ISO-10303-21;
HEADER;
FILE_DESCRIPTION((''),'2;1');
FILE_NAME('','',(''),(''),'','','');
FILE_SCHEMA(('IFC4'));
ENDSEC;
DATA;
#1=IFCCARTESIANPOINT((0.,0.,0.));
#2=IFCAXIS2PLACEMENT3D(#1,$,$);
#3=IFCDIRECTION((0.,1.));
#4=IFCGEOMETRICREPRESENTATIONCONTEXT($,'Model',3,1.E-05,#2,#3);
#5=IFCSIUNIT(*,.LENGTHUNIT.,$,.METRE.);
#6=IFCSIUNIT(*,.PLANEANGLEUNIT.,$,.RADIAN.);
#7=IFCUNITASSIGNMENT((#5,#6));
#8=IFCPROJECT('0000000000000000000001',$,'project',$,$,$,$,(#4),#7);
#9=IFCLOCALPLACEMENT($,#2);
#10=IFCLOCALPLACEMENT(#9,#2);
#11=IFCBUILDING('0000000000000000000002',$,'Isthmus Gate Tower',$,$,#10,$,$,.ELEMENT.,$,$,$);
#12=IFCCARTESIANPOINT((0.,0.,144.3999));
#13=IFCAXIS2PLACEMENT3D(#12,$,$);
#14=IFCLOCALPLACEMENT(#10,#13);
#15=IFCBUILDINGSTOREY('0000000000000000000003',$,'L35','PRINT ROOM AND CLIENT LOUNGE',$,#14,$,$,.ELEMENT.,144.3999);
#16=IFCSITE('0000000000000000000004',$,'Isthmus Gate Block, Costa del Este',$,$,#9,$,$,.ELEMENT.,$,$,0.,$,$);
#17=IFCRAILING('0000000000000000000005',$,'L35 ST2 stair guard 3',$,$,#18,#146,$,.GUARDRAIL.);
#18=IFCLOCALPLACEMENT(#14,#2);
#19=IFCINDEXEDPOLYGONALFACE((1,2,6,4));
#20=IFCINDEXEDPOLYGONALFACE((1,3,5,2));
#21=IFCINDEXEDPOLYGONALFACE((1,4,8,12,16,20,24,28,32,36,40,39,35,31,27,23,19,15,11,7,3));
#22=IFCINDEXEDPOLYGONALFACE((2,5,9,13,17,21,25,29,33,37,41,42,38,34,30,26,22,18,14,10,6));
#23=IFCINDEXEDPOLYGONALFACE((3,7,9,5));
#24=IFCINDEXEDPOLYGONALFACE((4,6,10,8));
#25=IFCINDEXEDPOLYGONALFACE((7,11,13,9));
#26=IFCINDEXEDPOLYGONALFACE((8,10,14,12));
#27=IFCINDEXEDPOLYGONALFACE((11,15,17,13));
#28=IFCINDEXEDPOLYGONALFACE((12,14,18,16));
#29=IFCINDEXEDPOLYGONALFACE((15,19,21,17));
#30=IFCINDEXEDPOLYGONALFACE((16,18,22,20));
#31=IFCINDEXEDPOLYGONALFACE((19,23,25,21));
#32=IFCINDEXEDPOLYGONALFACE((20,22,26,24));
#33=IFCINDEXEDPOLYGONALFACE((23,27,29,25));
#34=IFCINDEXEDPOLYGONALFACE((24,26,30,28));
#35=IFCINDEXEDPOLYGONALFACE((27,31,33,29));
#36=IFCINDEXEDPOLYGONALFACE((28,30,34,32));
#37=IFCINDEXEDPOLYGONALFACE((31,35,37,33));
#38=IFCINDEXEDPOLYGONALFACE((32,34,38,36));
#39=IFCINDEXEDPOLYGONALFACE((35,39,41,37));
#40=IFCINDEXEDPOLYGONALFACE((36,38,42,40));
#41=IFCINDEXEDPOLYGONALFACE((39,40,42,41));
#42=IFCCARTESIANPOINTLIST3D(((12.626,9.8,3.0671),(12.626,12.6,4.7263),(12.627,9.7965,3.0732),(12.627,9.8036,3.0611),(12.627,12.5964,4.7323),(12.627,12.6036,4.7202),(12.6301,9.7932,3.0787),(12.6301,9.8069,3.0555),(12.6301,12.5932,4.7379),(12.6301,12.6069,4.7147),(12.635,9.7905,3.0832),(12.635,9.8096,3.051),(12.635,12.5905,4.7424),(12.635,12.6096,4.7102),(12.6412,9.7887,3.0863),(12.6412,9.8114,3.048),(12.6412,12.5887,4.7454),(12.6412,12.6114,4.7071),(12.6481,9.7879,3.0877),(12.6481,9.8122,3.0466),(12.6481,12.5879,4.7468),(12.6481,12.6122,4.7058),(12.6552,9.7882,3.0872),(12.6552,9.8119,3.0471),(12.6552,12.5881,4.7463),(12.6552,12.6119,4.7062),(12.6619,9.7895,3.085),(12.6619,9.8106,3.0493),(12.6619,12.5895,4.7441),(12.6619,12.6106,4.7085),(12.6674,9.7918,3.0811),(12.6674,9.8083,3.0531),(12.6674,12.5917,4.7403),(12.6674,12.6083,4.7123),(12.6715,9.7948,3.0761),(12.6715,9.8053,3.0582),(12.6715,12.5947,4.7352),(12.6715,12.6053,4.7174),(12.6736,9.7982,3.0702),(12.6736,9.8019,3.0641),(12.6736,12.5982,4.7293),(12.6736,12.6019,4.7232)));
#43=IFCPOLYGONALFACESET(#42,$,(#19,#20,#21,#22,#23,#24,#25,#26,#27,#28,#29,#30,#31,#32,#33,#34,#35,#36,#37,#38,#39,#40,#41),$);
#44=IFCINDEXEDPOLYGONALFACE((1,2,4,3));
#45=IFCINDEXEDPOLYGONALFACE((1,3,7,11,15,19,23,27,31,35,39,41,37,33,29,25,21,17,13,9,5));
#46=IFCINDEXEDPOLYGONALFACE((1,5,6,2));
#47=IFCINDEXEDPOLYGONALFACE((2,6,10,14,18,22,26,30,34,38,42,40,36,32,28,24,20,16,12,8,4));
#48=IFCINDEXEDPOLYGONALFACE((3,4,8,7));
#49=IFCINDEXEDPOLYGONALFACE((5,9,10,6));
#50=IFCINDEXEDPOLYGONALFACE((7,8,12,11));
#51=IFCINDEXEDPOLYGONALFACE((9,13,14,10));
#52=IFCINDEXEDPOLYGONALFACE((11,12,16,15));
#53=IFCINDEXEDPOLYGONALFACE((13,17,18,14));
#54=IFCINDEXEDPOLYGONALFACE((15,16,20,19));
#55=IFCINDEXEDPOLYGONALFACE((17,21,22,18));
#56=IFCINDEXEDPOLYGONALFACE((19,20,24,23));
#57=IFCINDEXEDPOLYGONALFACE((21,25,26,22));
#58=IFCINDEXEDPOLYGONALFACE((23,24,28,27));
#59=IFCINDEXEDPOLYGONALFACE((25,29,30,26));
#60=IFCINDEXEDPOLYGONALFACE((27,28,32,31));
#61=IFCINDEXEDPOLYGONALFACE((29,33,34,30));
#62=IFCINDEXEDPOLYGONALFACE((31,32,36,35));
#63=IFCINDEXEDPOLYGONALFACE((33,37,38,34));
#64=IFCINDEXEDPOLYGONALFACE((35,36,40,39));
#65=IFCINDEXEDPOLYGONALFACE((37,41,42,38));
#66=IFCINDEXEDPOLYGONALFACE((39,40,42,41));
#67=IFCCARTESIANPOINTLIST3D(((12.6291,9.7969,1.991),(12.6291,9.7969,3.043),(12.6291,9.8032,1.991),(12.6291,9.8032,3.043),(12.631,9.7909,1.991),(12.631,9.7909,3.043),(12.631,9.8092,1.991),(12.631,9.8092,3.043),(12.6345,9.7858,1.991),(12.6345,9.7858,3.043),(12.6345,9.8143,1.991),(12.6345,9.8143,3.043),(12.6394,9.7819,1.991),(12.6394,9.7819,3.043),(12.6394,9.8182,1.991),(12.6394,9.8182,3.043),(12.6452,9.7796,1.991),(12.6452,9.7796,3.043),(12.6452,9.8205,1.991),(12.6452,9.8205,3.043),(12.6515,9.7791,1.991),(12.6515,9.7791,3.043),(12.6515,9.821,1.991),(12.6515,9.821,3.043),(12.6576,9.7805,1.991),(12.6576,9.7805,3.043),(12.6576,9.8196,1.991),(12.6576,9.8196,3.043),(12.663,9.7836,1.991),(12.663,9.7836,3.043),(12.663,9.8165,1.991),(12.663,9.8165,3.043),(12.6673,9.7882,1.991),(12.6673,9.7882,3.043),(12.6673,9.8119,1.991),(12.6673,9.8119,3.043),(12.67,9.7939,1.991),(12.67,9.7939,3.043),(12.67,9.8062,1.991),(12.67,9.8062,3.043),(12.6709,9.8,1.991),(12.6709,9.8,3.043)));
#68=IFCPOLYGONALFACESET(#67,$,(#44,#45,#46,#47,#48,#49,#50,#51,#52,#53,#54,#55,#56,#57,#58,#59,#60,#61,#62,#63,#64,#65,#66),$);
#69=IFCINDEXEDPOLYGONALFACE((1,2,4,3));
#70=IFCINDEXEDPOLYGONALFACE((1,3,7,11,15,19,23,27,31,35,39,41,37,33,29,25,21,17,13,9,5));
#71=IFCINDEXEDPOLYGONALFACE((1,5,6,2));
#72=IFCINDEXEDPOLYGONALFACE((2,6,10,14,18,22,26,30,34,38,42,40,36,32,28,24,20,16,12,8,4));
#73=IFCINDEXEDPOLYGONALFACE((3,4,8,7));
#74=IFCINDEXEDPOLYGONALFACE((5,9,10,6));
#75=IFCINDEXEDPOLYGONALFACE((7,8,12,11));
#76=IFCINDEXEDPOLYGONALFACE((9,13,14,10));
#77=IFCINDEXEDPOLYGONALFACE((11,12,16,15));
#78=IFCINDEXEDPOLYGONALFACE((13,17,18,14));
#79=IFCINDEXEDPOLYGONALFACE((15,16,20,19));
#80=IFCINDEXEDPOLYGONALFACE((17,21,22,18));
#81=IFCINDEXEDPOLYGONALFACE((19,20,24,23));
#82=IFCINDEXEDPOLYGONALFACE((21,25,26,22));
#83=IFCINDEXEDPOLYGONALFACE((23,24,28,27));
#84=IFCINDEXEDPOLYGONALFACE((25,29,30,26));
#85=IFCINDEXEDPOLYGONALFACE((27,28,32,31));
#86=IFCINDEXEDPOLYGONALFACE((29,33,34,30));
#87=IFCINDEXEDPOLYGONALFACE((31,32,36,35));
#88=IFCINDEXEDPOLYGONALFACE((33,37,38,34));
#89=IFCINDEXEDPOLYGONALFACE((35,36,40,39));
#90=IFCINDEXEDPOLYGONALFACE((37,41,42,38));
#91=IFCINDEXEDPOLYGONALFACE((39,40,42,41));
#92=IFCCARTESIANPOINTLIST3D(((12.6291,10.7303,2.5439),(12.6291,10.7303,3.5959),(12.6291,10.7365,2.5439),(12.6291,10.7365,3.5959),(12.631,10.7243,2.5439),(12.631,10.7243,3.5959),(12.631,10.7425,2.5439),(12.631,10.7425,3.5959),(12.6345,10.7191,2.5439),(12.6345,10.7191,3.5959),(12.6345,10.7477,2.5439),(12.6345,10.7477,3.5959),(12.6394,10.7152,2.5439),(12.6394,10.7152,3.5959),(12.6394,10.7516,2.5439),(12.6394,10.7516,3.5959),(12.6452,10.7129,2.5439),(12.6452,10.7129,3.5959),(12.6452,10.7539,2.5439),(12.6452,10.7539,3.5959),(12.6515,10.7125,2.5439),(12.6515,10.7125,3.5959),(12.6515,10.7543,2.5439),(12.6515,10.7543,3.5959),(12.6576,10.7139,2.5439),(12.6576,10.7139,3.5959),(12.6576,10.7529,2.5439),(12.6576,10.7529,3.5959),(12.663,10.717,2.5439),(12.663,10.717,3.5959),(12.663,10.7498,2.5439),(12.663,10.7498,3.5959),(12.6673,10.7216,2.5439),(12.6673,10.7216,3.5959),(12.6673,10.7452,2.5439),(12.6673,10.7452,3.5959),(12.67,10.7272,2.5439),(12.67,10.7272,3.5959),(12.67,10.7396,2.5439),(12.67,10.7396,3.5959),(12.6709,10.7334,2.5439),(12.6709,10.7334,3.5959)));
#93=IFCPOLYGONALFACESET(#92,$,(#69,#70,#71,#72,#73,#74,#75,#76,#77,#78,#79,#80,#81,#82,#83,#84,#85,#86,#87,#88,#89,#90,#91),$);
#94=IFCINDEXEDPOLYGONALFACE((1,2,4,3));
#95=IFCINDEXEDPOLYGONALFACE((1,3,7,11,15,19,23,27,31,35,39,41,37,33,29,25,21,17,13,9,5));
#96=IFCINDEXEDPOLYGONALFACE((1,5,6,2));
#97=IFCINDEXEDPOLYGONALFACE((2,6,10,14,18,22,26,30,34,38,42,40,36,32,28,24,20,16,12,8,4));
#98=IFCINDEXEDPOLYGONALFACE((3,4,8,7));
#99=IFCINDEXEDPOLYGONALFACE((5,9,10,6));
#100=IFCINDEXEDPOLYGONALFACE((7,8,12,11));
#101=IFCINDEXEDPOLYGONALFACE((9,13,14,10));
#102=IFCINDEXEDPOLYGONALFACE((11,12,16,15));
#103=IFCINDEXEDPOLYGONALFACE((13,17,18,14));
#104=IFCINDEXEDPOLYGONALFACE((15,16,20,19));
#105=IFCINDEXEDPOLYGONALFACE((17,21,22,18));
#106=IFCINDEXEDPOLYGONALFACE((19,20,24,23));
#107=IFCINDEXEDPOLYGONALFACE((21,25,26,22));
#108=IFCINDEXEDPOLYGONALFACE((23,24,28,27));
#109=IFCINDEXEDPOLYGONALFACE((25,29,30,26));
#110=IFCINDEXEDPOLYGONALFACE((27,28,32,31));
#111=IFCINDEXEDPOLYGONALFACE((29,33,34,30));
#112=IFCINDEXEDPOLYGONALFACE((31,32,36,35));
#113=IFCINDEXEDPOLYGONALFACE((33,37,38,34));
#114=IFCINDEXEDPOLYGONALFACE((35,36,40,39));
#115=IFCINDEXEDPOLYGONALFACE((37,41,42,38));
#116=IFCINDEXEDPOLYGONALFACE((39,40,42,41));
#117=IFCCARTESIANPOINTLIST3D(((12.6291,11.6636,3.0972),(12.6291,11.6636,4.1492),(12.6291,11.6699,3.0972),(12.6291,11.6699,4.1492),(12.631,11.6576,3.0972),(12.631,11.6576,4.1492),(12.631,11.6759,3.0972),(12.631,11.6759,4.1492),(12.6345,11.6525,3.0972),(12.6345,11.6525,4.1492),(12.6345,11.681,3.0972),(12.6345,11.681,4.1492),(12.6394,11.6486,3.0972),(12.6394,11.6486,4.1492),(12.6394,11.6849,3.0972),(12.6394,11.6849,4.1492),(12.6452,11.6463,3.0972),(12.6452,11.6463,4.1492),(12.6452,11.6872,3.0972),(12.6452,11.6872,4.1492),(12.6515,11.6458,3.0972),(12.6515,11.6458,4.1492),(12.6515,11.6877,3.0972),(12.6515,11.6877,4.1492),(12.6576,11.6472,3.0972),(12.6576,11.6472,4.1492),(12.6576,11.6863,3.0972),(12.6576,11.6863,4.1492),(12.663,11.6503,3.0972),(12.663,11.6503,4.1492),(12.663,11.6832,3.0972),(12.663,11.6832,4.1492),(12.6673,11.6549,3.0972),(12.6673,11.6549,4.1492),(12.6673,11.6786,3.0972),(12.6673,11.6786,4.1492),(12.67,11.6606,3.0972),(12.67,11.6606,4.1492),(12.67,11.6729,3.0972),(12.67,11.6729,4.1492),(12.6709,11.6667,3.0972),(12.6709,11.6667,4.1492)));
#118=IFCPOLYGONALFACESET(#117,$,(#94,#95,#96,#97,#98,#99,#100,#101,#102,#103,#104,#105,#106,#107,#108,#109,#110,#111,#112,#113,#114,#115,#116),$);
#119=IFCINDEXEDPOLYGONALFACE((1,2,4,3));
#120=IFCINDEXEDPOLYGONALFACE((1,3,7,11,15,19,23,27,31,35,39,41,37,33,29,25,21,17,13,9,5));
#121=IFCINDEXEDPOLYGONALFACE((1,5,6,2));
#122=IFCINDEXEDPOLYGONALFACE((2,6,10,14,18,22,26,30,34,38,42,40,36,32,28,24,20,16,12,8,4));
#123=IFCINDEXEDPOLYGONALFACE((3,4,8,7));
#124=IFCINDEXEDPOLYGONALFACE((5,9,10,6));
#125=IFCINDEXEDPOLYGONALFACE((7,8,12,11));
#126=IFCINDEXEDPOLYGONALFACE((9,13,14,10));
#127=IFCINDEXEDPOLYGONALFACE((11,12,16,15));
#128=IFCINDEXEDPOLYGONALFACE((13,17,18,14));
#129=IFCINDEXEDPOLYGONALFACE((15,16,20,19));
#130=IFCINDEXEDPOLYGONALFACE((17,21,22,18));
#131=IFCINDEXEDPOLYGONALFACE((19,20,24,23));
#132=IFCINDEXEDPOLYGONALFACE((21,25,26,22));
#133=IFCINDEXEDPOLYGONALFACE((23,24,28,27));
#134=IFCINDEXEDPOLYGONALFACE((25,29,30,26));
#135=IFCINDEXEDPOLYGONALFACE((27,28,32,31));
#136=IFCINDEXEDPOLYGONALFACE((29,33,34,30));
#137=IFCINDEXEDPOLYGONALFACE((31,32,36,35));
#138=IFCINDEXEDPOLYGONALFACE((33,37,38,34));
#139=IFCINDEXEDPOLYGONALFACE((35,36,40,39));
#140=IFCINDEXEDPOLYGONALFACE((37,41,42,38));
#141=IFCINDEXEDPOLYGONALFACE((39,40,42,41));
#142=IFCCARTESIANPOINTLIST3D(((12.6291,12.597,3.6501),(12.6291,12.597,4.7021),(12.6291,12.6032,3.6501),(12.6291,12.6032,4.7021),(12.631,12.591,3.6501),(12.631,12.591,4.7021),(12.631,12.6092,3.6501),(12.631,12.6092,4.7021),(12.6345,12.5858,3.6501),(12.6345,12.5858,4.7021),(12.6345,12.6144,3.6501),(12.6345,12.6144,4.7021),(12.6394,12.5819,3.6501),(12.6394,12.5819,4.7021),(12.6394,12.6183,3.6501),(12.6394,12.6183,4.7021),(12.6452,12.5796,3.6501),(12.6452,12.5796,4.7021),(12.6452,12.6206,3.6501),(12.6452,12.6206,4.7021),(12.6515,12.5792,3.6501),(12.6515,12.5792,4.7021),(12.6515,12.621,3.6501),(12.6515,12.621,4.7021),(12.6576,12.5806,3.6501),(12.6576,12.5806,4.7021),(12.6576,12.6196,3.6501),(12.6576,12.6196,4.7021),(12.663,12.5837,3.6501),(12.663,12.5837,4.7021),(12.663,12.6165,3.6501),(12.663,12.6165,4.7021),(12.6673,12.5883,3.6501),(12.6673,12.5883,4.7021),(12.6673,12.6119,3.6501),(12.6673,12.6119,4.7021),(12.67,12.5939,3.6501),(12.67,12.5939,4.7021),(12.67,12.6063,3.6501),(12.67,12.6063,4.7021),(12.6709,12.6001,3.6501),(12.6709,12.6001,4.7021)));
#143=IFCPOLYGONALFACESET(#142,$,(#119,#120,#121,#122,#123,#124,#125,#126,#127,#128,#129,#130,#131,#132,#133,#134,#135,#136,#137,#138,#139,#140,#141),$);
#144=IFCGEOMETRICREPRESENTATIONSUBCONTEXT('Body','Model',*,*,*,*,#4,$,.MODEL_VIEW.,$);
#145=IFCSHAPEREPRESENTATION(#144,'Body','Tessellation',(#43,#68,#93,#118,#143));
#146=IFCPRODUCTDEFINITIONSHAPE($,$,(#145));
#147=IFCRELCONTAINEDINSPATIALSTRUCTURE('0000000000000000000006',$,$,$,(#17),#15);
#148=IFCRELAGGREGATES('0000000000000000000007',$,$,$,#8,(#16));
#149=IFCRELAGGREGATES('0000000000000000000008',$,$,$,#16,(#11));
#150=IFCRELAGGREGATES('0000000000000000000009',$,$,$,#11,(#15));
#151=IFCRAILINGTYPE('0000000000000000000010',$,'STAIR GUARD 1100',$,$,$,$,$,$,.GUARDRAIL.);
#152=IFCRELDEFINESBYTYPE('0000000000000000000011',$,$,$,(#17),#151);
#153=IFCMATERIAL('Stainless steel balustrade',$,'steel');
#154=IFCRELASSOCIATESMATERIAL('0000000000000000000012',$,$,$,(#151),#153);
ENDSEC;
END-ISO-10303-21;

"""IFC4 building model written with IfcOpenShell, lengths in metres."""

from ifc_helpers import new_model, si_unit, direction, frame, origin, origin_2d, place, context, subcontext, project, spatial, circle, extrude, material, type_object, element, save


model = new_model("IFC4")

# Units and contexts
model_context = context("Model", 3, precision=1e-05, world=origin(), true_north=direction((0.0, 1.0)))
body_context = subcontext(model_context, "Body", "Model", "MODEL_VIEW")
ifc_project = project(units=[si_unit("LENGTHUNIT", "METRE"), si_unit("PLANEANGLEUNIT", "RADIAN")], contexts=[model_context])

# Site, building, storey
site_placement = place(None, origin())
site = spatial("IfcSite", under=ifc_project, at=site_placement, Name="Isthmus Gate Block, Costa del Este", CompositionType="ELEMENT", RefElevation=0.0)
building_placement = place(site_placement, origin())
building = spatial("IfcBuilding", under=site, at=building_placement, Name="Isthmus Gate Tower", CompositionType="ELEMENT")
storey_placement = place(building_placement, frame((0.0, 0.0, 144.3999)))
storey = spatial("IfcBuildingStorey", under=building, at=storey_placement, Name="L35", Description="PRINT ROOM AND CLIENT LOUNGE", CompositionType="ELEMENT", Elevation=144.3999)

# Railing
ifc_material_1 = material(Name="Stainless steel balustrade", Category="steel")
railing_type_1 = type_object("IfcRailingType", Name="STAIR GUARD 1100", PredefinedType="GUARDRAIL", material=ifc_material_1)
railing_1_placement = place(storey_placement, frame((12.6499, 9.8, 1.991)))
element("IfcRailing", 1, at=railing_1_placement, inside=storey, type_object=railing_type_1, Name="L35 ST2 stair guard 3", PredefinedType="GUARDRAIL", context=body_context, shape_type="SweptSolid", body=[
    extrude(circle(Radius=0.0239, at=origin_2d()), frame((0.0, 0.0, 1.0762), z_axis=(0.0, 0.860306, 0.509778), x_axis=(-1.0, 0.0, 0.0)), (0.0, 0.0, 1.0), 3.2546),
    extrude(circle(Radius=0.021, at=origin_2d()), origin(), (0.0, 0.0, 1.0), 1.052),
    extrude(circle(Radius=0.021, at=origin_2d()), frame((0.0, 0.9333, 0.553)), (0.0, 0.0, 1.0), 1.052),
    extrude(circle(Radius=0.021, at=origin_2d()), frame((0.0, 1.8667, 1.1062)), (0.0, 0.0, 1.0), 1.052),
    extrude(circle(Radius=0.021, at=origin_2d()), frame((0.0, 2.8, 1.6592)), (0.0, 0.0, 1.0), 1.052),
])

save(model, "model.ifc")
